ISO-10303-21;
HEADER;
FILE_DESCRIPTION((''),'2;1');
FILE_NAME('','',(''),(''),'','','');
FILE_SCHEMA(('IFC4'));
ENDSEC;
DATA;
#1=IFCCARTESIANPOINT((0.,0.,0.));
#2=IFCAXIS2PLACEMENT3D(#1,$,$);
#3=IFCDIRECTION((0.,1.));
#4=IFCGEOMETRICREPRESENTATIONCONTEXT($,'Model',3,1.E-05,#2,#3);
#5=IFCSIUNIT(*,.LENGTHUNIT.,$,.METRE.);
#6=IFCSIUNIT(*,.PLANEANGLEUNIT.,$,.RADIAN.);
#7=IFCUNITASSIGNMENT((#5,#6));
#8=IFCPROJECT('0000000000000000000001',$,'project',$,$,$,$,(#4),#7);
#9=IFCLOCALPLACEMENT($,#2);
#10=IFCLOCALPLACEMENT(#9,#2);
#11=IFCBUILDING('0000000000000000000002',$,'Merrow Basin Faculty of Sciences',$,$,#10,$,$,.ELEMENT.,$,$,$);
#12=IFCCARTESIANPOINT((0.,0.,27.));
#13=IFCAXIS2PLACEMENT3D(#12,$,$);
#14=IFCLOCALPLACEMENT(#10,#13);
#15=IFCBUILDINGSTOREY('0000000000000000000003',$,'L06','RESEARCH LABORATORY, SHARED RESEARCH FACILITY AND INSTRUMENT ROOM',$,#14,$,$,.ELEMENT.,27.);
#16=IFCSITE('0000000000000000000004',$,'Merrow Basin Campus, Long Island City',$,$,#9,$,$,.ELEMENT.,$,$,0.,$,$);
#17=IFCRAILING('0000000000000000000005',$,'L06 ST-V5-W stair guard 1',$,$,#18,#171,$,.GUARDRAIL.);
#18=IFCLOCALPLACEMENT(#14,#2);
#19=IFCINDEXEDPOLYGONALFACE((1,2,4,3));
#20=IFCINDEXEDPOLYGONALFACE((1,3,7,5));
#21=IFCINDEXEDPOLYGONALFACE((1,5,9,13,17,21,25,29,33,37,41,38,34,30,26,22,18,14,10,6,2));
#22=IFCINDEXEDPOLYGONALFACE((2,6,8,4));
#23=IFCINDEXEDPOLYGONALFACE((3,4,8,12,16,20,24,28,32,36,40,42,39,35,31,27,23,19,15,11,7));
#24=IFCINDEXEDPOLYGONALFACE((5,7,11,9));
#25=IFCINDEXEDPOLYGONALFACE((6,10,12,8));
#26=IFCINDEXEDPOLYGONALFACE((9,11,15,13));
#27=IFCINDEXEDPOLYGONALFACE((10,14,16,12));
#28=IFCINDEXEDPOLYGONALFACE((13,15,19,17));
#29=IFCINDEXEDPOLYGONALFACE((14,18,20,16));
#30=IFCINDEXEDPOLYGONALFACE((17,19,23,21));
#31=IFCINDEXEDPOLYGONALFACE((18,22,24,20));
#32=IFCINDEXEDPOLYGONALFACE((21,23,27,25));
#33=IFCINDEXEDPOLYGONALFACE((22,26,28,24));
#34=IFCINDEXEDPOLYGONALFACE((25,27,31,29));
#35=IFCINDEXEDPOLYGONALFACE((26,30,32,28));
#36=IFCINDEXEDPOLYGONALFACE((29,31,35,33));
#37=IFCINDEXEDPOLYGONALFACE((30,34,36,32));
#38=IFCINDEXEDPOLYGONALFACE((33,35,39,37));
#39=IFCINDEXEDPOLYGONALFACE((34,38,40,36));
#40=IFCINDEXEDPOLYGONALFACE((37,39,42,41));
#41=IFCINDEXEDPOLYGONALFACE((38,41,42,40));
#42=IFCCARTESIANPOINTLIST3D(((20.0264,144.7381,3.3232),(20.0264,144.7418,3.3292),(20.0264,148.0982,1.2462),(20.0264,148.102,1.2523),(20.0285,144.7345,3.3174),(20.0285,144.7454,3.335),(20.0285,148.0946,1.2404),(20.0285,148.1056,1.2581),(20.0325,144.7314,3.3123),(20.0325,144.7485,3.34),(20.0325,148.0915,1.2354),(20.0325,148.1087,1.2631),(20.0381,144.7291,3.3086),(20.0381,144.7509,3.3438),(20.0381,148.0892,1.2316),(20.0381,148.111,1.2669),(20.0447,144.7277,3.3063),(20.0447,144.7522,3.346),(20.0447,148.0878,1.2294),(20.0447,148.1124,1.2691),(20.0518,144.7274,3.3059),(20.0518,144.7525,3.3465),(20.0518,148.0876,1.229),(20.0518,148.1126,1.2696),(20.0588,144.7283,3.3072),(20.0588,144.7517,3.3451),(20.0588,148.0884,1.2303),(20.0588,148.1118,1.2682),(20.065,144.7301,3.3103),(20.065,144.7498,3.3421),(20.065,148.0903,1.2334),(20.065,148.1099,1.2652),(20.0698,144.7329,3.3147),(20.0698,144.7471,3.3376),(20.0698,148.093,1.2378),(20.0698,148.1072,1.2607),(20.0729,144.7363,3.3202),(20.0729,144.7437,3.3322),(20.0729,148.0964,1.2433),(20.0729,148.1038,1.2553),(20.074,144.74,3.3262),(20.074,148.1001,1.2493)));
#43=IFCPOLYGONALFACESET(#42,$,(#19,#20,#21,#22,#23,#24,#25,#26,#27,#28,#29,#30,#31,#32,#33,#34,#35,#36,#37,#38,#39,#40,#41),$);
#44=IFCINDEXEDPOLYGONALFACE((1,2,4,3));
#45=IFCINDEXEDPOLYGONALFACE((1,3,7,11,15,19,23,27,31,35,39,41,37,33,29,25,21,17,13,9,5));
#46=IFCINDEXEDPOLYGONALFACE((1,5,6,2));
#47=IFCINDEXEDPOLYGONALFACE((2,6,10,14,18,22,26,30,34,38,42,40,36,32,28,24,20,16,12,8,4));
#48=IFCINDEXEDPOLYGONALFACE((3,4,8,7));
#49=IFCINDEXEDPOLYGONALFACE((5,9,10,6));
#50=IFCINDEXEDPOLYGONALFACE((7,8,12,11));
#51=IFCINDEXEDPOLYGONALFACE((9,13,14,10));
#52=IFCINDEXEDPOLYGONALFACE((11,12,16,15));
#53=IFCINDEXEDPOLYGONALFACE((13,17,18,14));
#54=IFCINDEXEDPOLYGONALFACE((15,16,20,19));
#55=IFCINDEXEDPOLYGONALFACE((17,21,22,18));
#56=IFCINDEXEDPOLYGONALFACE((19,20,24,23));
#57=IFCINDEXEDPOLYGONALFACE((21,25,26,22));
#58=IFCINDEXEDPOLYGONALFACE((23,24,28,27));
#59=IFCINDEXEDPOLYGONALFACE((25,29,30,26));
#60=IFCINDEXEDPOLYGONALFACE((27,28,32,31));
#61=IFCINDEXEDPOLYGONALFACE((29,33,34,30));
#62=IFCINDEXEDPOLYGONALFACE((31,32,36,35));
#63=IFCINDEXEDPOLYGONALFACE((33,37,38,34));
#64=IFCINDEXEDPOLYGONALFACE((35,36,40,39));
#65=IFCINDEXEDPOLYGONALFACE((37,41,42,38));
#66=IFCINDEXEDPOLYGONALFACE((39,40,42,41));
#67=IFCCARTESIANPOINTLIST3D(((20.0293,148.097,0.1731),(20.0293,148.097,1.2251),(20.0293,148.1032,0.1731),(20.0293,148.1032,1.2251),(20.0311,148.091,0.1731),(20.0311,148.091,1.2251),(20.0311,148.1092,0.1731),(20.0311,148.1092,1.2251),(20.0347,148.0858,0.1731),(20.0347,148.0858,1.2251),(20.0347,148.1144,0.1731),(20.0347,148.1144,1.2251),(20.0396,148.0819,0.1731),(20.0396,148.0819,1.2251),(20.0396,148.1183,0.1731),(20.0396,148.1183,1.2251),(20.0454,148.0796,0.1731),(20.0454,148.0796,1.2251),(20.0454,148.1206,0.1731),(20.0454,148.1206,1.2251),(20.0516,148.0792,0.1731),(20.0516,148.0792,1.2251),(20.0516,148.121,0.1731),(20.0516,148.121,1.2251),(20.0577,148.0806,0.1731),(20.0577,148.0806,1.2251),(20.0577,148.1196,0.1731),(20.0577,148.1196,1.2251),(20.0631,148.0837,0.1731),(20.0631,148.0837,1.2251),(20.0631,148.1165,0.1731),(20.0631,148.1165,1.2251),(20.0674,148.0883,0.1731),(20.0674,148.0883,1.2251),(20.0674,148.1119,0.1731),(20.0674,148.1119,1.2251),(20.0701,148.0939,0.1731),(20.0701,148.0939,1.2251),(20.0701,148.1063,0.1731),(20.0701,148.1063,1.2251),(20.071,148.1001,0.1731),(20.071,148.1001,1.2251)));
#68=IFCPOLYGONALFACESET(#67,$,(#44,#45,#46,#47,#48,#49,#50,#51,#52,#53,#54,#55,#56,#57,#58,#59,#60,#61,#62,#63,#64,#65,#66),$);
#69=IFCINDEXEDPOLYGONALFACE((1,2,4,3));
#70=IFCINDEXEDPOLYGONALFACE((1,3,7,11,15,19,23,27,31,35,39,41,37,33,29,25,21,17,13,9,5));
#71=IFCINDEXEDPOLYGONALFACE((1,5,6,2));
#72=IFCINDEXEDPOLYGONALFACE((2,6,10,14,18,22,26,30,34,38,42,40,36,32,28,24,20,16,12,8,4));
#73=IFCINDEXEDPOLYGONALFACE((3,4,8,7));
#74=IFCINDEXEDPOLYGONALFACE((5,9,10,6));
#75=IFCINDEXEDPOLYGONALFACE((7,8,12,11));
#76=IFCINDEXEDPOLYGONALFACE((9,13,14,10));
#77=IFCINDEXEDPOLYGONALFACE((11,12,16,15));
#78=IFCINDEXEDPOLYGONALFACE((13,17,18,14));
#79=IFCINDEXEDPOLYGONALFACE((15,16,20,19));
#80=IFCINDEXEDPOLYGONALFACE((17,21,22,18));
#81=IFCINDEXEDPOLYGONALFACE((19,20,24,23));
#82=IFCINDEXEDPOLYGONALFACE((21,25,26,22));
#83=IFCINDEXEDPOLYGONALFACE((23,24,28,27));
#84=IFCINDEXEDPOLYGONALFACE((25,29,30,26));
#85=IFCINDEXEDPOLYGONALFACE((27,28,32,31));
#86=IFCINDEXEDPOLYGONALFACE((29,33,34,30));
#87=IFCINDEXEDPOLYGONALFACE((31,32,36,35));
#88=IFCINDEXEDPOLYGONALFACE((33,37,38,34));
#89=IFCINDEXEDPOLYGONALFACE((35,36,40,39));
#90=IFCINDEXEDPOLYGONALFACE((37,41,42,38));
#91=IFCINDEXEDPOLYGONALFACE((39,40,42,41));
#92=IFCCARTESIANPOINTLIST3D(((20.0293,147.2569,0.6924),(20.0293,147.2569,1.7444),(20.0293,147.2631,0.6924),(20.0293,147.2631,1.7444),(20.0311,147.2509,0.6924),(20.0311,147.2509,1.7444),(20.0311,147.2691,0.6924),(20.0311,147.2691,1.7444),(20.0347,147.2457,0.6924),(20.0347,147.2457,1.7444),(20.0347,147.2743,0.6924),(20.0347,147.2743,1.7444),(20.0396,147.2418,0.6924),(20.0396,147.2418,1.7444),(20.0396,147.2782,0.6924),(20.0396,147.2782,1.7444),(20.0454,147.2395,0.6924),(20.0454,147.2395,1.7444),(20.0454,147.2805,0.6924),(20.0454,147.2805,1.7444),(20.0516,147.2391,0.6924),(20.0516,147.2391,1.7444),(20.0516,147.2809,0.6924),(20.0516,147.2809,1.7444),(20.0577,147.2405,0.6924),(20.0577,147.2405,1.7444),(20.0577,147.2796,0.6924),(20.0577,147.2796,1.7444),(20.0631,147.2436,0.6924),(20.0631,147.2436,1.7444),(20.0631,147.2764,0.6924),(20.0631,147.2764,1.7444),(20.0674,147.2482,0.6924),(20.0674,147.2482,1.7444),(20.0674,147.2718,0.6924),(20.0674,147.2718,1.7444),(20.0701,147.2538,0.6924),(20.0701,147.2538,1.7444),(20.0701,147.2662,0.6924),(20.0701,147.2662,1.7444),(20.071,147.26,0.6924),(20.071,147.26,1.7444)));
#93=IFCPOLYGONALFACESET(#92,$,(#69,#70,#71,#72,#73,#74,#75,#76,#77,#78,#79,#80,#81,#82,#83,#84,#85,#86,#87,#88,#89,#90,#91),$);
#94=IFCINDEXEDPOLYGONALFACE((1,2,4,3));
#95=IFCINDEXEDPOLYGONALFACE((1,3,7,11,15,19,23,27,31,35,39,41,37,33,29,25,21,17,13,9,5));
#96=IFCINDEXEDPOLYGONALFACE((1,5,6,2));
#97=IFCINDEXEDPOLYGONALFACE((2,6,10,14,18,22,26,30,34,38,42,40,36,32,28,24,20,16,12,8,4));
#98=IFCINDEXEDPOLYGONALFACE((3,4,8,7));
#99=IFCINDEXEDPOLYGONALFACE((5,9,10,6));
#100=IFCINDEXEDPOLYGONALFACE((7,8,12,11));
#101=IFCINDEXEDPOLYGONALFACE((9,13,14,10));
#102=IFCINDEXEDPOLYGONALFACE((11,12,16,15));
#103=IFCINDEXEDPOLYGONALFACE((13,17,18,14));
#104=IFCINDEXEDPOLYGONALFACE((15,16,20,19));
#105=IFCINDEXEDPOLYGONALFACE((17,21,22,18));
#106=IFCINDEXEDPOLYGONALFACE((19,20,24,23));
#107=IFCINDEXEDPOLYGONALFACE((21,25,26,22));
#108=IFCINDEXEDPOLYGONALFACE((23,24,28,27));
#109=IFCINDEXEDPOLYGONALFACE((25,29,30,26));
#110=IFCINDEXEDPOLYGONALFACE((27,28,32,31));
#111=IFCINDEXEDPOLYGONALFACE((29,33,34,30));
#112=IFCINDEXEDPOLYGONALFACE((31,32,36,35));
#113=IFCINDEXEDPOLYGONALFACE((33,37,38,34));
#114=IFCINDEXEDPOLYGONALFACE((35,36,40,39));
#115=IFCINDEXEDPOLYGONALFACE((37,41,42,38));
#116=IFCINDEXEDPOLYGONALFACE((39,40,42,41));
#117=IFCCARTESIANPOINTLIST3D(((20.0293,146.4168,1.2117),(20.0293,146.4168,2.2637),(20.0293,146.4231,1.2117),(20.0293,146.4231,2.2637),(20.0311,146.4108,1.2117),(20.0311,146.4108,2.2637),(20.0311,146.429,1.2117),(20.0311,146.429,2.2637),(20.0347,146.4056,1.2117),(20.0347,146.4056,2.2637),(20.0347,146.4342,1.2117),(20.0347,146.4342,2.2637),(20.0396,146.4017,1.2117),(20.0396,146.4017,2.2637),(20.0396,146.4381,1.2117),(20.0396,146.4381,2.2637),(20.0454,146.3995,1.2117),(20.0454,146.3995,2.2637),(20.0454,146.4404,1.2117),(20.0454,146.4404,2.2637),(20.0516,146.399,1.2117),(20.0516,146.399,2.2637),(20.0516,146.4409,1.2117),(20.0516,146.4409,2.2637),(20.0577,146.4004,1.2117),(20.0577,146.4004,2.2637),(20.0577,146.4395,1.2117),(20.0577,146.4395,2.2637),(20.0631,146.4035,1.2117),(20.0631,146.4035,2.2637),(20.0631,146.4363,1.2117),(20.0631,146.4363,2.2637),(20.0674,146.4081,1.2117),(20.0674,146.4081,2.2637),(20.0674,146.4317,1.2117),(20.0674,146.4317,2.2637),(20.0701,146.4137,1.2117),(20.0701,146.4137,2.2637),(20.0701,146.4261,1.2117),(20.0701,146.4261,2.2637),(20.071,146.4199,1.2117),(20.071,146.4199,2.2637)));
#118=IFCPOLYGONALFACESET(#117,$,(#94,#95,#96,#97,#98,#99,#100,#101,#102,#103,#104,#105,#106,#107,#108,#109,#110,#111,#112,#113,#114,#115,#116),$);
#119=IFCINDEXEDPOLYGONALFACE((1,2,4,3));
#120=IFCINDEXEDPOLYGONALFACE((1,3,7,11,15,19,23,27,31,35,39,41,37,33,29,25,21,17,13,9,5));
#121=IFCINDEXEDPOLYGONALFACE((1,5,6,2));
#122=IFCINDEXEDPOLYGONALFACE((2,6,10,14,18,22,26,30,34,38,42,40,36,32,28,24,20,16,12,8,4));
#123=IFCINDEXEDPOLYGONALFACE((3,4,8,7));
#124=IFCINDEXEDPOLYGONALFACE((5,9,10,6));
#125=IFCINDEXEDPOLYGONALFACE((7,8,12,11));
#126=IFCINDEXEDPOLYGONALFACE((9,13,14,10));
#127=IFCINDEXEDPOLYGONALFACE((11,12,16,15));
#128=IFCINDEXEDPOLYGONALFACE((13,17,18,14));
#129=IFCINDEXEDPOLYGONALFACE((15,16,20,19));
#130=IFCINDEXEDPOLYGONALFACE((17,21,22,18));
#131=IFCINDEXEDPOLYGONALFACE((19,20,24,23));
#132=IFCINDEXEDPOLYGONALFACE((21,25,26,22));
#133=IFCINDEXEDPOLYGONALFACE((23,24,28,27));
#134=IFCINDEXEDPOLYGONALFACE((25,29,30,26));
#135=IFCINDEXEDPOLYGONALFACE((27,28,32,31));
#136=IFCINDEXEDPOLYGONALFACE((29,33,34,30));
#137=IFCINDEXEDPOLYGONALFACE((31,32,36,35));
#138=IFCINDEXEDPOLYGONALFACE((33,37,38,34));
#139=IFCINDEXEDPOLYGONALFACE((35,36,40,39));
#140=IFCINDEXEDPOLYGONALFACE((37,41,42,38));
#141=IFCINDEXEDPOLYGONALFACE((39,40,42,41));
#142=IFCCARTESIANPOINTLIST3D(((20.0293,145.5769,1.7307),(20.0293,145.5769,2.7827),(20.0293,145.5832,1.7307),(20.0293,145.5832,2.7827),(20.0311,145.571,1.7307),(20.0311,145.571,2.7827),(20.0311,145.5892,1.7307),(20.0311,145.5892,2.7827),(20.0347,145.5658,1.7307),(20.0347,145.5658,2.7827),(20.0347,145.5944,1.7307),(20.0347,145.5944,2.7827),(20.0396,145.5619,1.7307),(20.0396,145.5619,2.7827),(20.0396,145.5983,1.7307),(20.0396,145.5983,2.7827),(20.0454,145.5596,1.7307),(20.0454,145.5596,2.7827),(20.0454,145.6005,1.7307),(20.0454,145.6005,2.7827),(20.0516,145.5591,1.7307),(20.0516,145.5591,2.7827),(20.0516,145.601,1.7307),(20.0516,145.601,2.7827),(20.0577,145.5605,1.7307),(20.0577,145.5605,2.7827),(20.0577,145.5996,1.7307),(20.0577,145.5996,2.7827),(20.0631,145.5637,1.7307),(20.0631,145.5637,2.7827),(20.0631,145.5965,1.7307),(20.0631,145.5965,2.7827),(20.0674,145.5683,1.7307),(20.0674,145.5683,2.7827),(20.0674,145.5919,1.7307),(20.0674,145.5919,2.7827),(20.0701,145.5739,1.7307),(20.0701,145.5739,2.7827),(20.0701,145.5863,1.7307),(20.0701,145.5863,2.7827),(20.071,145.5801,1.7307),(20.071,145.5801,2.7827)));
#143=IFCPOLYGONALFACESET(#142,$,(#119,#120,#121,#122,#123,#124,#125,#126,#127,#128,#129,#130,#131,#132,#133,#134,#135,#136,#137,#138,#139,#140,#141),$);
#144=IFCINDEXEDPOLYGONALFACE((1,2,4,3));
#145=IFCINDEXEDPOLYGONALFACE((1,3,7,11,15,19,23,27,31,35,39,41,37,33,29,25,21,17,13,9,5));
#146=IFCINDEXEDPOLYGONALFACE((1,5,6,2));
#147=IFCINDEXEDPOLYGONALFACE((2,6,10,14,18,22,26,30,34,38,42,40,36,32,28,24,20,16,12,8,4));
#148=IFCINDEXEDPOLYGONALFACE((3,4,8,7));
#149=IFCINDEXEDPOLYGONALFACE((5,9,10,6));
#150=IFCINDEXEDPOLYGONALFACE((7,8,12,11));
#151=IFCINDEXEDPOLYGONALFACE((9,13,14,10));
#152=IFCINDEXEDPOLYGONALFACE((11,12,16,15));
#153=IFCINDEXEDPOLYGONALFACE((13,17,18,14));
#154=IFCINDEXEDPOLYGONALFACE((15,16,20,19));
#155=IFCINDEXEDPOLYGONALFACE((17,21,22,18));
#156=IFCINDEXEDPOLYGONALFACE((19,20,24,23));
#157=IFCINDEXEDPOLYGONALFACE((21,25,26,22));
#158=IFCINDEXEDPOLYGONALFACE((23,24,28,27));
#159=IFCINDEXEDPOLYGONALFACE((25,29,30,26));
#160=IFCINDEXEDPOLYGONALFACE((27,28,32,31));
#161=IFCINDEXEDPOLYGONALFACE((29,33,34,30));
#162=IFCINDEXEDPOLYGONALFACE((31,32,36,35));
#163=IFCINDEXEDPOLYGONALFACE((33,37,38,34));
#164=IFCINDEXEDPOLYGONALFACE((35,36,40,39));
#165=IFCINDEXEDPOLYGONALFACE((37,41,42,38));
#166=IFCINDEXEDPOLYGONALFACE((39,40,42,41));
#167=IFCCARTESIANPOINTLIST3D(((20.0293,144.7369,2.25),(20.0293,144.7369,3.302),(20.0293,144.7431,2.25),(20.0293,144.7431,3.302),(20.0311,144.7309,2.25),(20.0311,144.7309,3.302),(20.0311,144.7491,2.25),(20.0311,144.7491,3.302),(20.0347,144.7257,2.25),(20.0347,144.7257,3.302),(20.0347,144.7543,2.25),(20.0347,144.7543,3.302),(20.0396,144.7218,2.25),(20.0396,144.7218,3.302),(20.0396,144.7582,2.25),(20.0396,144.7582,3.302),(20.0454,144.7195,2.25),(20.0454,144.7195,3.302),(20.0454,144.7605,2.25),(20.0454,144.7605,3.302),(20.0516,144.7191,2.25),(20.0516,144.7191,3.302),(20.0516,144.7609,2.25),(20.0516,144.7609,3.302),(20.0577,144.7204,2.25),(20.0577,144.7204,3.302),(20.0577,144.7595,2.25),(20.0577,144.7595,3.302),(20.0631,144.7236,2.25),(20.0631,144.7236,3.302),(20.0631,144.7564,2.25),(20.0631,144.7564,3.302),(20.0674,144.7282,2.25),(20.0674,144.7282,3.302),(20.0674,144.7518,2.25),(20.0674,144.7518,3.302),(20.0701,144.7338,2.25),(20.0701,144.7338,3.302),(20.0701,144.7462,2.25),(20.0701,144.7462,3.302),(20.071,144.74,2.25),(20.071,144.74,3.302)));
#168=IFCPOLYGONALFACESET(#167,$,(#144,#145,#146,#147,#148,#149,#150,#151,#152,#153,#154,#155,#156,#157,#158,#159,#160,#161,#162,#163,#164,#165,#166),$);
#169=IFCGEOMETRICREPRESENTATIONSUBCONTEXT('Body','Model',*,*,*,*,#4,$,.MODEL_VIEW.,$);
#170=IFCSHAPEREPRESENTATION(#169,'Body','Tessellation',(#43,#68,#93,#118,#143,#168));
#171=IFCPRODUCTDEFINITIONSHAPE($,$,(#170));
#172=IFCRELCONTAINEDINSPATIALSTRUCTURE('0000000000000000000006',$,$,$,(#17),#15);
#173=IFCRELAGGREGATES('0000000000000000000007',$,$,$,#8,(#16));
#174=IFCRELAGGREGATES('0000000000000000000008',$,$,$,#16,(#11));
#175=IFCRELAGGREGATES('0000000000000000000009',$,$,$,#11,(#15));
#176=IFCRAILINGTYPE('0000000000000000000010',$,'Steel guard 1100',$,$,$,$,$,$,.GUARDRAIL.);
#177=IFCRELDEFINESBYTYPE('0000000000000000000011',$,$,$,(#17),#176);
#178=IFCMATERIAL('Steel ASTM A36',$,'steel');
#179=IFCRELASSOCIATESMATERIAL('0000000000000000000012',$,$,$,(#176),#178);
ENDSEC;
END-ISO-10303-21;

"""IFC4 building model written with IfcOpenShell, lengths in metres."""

from ifc_helpers import new_model, si_unit, direction, frame, origin, origin_2d, place, context, subcontext, project, spatial, circle, extrude, material, type_object, element, save


model = new_model("IFC4")

# Units and contexts
model_context = context("Model", 3, precision=1e-05, world=origin(), true_north=direction((0.0, 1.0)))
body_context = subcontext(model_context, "Body", "Model", "MODEL_VIEW")
ifc_project = project(units=[si_unit("LENGTHUNIT", "METRE"), si_unit("PLANEANGLEUNIT", "RADIAN")], contexts=[model_context])

# Site, building, storey
site_placement = place(None, origin())
site = spatial("IfcSite", under=ifc_project, at=site_placement, Name="Merrow Basin Campus, Long Island City", CompositionType="ELEMENT", RefElevation=0.0)
building_placement = place(site_placement, origin())
building = spatial("IfcBuilding", under=site, at=building_placement, Name="Merrow Basin Faculty of Sciences", CompositionType="ELEMENT")
storey_placement = place(building_placement, frame((0.0, 0.0, 27.0)))
storey = spatial("IfcBuildingStorey", under=building, at=storey_placement, Name="L06", Description="RESEARCH LABORATORY, SHARED RESEARCH FACILITY AND INSTRUMENT ROOM", CompositionType="ELEMENT", Elevation=27.0)

# Railing
ifc_material_1 = material(Name="Steel ASTM A36", Category="steel")
railing_type_1 = type_object("IfcRailingType", Name="Steel guard 1100", PredefinedType="GUARDRAIL", material=ifc_material_1)
railing_1_placement = place(storey_placement, frame((20.05, 148.1001, 0.1731)))
element("IfcRailing", 1, at=railing_1_placement, inside=storey, type_object=railing_type_1, Name="L06 ST-V5-W stair guard 1", PredefinedType="GUARDRAIL", context=body_context, shape_type="SweptSolid", body=[
    extrude(circle(Radius=0.0239, at=origin_2d()), frame((0.0, 0.0, 1.0762), z_axis=(0.0, -0.850623, 0.525776), x_axis=(1.0, 0.0, 0.0)), (0.0, 0.0, 1.0), 3.9502),
    extrude(circle(Radius=0.021, at=origin_2d()), origin(), (0.0, 0.0, 1.0), 1.052),
    extrude(circle(Radius=0.021, at=origin_2d()), frame((0.0, -0.8401, 0.5193)), (0.0, 0.0, 1.0), 1.052),
    extrude(circle(Radius=0.021, at=origin_2d()), frame((0.0, -1.6802, 1.0386)), (0.0, 0.0, 1.0), 1.052),
    extrude(circle(Radius=0.021, at=origin_2d()), frame((0.0, -2.52, 1.5576)), (0.0, 0.0, 1.0), 1.052),
    extrude(circle(Radius=0.021, at=origin_2d()), frame((0.0, -3.3601, 2.0769)), (0.0, 0.0, 1.0), 1.052),
])

save(model, "model.ifc")
